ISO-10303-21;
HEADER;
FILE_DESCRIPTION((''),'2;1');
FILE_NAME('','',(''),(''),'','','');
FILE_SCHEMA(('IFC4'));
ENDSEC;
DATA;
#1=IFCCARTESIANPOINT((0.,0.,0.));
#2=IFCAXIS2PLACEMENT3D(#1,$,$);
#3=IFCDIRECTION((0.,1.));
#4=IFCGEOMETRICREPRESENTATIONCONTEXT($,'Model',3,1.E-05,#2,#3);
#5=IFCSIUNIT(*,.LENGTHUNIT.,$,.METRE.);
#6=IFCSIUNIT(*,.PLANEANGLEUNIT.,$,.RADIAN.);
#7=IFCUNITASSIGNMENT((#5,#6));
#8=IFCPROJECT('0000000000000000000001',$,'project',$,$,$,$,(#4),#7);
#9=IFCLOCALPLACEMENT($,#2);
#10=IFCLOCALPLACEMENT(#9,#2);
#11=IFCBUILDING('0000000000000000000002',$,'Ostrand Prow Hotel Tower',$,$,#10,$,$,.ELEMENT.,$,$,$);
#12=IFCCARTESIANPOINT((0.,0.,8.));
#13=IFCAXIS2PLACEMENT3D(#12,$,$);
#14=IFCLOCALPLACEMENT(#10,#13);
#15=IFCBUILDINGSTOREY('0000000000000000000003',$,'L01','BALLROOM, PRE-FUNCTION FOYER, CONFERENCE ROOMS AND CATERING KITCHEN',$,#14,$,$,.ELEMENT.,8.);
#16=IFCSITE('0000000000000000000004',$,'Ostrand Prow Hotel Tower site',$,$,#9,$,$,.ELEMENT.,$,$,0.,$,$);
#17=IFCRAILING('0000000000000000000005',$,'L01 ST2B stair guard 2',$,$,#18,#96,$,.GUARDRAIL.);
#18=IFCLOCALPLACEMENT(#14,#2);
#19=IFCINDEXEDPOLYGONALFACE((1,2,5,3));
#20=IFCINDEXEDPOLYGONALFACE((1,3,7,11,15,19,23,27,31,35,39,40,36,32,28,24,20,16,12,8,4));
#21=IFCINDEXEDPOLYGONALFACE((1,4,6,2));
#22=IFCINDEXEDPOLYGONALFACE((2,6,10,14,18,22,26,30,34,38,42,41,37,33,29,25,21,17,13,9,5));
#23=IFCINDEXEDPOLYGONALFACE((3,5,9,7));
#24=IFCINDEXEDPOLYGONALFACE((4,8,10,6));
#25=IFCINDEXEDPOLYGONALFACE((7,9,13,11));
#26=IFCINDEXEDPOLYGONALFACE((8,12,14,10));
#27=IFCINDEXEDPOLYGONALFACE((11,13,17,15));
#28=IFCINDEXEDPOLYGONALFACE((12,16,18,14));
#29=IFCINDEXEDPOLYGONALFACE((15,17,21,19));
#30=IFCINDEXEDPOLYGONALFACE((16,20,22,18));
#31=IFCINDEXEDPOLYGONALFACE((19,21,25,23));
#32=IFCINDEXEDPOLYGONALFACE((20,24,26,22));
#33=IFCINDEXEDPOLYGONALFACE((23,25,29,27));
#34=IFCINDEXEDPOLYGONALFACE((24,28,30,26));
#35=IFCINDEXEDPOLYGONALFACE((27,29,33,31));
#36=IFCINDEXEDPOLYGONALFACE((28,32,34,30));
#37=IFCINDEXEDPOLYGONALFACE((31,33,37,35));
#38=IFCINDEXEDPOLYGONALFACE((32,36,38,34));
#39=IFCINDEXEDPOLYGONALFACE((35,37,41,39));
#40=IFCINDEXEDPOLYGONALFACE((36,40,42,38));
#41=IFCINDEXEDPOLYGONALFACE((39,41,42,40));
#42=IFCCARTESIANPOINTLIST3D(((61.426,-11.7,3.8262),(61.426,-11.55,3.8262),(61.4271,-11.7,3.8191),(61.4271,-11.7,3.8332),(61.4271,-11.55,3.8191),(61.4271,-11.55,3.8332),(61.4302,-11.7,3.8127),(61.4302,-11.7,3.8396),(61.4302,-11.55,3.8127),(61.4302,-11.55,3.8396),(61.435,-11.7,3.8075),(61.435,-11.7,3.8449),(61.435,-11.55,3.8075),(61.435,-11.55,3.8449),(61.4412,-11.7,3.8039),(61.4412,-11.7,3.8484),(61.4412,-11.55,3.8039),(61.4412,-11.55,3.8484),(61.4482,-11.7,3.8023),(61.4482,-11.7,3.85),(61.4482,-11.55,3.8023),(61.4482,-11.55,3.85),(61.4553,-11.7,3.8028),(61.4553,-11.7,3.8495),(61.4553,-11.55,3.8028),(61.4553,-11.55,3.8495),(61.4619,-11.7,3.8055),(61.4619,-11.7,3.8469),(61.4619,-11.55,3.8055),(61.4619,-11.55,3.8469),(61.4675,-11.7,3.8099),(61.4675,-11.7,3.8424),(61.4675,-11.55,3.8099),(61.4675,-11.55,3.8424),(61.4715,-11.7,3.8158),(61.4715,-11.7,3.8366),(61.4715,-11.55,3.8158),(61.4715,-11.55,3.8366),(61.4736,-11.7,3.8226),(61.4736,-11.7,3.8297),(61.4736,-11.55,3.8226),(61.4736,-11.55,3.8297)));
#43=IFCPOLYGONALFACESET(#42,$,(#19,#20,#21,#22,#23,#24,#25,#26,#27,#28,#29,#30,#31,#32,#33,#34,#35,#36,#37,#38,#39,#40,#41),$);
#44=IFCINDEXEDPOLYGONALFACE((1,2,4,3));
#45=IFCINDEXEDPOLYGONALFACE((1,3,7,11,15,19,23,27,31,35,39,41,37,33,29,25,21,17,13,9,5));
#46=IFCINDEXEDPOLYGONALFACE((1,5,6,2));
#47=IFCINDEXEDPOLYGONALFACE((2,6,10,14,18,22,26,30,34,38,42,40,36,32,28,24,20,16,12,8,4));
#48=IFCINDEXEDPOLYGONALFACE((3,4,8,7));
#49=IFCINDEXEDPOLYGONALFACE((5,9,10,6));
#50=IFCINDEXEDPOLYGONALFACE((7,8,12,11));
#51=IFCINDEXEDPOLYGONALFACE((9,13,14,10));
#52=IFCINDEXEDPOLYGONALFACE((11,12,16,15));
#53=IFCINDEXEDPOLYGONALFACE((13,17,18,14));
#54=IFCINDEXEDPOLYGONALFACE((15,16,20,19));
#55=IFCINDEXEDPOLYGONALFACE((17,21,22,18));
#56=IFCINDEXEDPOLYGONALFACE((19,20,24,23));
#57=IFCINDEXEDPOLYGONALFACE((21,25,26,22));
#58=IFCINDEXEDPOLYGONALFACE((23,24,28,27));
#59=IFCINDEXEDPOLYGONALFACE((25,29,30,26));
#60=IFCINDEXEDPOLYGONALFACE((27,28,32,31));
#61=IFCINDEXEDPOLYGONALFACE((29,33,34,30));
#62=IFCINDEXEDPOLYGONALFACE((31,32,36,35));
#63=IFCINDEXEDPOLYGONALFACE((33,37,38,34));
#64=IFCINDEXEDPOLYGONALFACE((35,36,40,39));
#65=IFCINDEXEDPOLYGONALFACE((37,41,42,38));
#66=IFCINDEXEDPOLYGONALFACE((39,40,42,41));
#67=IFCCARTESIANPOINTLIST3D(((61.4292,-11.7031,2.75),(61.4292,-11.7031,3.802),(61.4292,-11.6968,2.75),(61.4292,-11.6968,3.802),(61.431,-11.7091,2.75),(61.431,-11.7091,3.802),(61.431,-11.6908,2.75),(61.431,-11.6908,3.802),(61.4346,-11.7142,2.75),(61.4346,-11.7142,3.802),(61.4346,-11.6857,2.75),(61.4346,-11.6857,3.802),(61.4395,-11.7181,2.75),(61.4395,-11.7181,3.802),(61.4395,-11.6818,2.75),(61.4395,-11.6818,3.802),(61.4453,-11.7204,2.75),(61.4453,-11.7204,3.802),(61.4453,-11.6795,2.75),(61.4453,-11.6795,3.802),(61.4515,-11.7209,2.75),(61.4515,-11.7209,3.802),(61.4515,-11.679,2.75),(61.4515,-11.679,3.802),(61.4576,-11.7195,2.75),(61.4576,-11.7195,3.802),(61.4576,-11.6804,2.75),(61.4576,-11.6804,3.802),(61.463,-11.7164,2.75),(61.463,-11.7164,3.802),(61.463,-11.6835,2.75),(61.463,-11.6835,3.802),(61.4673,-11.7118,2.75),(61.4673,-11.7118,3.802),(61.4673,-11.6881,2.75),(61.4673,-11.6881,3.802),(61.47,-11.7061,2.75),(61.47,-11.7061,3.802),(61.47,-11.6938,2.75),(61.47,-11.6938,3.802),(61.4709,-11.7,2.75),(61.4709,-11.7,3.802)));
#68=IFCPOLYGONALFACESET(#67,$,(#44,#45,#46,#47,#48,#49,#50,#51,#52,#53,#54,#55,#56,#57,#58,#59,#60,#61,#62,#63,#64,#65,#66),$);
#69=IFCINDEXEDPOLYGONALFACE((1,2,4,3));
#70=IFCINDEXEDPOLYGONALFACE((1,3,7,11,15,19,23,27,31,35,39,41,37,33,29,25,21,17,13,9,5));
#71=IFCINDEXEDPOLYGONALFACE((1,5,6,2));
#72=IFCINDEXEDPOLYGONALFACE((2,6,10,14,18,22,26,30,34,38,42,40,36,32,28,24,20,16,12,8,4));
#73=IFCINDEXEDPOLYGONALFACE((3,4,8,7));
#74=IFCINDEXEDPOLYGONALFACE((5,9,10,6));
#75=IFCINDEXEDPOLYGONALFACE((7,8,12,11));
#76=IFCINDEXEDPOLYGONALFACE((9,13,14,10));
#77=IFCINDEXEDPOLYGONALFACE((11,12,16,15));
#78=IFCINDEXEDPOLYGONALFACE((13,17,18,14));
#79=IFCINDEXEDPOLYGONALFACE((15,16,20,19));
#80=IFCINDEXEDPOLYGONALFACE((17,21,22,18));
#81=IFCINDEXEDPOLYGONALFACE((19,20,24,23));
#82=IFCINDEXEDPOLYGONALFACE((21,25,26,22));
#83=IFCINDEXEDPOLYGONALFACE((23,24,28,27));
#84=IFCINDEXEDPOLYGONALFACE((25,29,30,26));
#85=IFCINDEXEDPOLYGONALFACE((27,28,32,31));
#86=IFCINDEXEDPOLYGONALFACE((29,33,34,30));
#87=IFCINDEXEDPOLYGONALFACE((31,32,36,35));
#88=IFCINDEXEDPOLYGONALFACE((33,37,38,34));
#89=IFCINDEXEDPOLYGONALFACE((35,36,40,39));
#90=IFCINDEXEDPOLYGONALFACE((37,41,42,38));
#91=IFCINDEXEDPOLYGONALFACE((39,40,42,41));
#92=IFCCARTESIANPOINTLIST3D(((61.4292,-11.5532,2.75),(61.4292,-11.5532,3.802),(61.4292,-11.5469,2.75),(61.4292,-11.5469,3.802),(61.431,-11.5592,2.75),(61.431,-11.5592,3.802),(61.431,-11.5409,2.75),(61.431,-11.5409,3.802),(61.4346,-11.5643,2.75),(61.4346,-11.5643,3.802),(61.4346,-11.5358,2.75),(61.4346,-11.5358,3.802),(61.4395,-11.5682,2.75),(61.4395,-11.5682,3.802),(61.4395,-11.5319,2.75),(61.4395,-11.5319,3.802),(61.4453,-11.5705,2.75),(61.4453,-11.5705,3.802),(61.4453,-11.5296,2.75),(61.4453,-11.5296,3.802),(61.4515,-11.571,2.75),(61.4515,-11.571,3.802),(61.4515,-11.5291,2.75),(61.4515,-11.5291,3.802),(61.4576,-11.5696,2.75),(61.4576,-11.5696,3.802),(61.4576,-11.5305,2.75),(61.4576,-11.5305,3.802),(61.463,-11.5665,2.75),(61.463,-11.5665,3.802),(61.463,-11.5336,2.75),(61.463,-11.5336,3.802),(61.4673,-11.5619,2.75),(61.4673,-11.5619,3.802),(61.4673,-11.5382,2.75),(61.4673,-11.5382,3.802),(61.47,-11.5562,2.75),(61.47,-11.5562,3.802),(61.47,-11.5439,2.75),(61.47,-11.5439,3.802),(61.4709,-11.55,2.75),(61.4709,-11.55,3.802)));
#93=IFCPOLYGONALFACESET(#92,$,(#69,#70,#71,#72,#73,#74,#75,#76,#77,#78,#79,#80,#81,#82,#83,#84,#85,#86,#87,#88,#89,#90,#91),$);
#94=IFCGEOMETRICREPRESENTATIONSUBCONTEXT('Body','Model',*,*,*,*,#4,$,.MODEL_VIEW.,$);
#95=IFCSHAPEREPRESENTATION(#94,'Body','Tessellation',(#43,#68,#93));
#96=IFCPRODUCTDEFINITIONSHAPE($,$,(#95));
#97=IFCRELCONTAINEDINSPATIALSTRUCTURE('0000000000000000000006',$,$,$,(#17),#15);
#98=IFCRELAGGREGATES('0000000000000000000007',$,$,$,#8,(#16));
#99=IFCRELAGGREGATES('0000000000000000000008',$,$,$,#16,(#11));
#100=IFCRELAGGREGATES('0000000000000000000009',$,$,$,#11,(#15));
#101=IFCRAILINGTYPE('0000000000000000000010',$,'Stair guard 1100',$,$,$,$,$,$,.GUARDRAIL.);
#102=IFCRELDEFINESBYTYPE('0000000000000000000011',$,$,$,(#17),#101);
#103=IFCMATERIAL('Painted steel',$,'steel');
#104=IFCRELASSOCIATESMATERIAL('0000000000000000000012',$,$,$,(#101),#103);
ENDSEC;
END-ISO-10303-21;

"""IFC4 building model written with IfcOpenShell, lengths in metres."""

from ifc_helpers import new_model, si_unit, direction, frame, origin, origin_2d, place, context, subcontext, project, spatial, circle, extrude, material, type_object, element, save


model = new_model("IFC4")

# Units and contexts
model_context = context("Model", 3, precision=1e-05, world=origin(), true_north=direction((0.0, 1.0)))
body_context = subcontext(model_context, "Body", "Model", "MODEL_VIEW")
ifc_project = project(units=[si_unit("LENGTHUNIT", "METRE"), si_unit("PLANEANGLEUNIT", "RADIAN")], contexts=[model_context])

# Site, building, storey
site_placement = place(None, origin())
site = spatial("IfcSite", under=ifc_project, at=site_placement, Name="Ostrand Prow Hotel Tower site", CompositionType="ELEMENT", RefElevation=0.0)
building_placement = place(site_placement, origin())
building = spatial("IfcBuilding", under=site, at=building_placement, Name="Ostrand Prow Hotel Tower", CompositionType="ELEMENT")
storey_placement = place(building_placement, frame((0.0, 0.0, 8.0)))
storey = spatial("IfcBuildingStorey", under=building, at=storey_placement, Name="L01", Description="BALLROOM, PRE-FUNCTION FOYER, CONFERENCE ROOMS AND CATERING KITCHEN", CompositionType="ELEMENT", Elevation=8.0)

# Railing
ifc_material_1 = material(Name="Painted steel", Category="steel")
railing_type_1 = type_object("IfcRailingType", Name="Stair guard 1100", PredefinedType="GUARDRAIL", material=ifc_material_1)
railing_1_placement = place(storey_placement, frame((61.45, -11.7, 2.75)))
element("IfcRailing", 1, at=railing_1_placement, inside=storey, type_object=railing_type_1, Name="L01 ST2B stair guard 2", PredefinedType="GUARDRAIL", context=body_context, shape_type="SweptSolid", body=[
    extrude(circle(Radius=0.0239, at=origin_2d()), frame((0.0, 0.0, 1.0762), z_axis=(0.0, 1.0, 0.0), x_axis=(-1.0, 0.0, 0.0)), (0.0, 0.0, 1.0), 0.1499),
    extrude(circle(Radius=0.021, at=origin_2d()), origin(), (0.0, 0.0, 1.0), 1.052),
    extrude(circle(Radius=0.021, at=origin_2d()), frame((0.0, 0.1499, 0.0)), (0.0, 0.0, 1.0), 1.052),
])

save(model, "model.ifc")
